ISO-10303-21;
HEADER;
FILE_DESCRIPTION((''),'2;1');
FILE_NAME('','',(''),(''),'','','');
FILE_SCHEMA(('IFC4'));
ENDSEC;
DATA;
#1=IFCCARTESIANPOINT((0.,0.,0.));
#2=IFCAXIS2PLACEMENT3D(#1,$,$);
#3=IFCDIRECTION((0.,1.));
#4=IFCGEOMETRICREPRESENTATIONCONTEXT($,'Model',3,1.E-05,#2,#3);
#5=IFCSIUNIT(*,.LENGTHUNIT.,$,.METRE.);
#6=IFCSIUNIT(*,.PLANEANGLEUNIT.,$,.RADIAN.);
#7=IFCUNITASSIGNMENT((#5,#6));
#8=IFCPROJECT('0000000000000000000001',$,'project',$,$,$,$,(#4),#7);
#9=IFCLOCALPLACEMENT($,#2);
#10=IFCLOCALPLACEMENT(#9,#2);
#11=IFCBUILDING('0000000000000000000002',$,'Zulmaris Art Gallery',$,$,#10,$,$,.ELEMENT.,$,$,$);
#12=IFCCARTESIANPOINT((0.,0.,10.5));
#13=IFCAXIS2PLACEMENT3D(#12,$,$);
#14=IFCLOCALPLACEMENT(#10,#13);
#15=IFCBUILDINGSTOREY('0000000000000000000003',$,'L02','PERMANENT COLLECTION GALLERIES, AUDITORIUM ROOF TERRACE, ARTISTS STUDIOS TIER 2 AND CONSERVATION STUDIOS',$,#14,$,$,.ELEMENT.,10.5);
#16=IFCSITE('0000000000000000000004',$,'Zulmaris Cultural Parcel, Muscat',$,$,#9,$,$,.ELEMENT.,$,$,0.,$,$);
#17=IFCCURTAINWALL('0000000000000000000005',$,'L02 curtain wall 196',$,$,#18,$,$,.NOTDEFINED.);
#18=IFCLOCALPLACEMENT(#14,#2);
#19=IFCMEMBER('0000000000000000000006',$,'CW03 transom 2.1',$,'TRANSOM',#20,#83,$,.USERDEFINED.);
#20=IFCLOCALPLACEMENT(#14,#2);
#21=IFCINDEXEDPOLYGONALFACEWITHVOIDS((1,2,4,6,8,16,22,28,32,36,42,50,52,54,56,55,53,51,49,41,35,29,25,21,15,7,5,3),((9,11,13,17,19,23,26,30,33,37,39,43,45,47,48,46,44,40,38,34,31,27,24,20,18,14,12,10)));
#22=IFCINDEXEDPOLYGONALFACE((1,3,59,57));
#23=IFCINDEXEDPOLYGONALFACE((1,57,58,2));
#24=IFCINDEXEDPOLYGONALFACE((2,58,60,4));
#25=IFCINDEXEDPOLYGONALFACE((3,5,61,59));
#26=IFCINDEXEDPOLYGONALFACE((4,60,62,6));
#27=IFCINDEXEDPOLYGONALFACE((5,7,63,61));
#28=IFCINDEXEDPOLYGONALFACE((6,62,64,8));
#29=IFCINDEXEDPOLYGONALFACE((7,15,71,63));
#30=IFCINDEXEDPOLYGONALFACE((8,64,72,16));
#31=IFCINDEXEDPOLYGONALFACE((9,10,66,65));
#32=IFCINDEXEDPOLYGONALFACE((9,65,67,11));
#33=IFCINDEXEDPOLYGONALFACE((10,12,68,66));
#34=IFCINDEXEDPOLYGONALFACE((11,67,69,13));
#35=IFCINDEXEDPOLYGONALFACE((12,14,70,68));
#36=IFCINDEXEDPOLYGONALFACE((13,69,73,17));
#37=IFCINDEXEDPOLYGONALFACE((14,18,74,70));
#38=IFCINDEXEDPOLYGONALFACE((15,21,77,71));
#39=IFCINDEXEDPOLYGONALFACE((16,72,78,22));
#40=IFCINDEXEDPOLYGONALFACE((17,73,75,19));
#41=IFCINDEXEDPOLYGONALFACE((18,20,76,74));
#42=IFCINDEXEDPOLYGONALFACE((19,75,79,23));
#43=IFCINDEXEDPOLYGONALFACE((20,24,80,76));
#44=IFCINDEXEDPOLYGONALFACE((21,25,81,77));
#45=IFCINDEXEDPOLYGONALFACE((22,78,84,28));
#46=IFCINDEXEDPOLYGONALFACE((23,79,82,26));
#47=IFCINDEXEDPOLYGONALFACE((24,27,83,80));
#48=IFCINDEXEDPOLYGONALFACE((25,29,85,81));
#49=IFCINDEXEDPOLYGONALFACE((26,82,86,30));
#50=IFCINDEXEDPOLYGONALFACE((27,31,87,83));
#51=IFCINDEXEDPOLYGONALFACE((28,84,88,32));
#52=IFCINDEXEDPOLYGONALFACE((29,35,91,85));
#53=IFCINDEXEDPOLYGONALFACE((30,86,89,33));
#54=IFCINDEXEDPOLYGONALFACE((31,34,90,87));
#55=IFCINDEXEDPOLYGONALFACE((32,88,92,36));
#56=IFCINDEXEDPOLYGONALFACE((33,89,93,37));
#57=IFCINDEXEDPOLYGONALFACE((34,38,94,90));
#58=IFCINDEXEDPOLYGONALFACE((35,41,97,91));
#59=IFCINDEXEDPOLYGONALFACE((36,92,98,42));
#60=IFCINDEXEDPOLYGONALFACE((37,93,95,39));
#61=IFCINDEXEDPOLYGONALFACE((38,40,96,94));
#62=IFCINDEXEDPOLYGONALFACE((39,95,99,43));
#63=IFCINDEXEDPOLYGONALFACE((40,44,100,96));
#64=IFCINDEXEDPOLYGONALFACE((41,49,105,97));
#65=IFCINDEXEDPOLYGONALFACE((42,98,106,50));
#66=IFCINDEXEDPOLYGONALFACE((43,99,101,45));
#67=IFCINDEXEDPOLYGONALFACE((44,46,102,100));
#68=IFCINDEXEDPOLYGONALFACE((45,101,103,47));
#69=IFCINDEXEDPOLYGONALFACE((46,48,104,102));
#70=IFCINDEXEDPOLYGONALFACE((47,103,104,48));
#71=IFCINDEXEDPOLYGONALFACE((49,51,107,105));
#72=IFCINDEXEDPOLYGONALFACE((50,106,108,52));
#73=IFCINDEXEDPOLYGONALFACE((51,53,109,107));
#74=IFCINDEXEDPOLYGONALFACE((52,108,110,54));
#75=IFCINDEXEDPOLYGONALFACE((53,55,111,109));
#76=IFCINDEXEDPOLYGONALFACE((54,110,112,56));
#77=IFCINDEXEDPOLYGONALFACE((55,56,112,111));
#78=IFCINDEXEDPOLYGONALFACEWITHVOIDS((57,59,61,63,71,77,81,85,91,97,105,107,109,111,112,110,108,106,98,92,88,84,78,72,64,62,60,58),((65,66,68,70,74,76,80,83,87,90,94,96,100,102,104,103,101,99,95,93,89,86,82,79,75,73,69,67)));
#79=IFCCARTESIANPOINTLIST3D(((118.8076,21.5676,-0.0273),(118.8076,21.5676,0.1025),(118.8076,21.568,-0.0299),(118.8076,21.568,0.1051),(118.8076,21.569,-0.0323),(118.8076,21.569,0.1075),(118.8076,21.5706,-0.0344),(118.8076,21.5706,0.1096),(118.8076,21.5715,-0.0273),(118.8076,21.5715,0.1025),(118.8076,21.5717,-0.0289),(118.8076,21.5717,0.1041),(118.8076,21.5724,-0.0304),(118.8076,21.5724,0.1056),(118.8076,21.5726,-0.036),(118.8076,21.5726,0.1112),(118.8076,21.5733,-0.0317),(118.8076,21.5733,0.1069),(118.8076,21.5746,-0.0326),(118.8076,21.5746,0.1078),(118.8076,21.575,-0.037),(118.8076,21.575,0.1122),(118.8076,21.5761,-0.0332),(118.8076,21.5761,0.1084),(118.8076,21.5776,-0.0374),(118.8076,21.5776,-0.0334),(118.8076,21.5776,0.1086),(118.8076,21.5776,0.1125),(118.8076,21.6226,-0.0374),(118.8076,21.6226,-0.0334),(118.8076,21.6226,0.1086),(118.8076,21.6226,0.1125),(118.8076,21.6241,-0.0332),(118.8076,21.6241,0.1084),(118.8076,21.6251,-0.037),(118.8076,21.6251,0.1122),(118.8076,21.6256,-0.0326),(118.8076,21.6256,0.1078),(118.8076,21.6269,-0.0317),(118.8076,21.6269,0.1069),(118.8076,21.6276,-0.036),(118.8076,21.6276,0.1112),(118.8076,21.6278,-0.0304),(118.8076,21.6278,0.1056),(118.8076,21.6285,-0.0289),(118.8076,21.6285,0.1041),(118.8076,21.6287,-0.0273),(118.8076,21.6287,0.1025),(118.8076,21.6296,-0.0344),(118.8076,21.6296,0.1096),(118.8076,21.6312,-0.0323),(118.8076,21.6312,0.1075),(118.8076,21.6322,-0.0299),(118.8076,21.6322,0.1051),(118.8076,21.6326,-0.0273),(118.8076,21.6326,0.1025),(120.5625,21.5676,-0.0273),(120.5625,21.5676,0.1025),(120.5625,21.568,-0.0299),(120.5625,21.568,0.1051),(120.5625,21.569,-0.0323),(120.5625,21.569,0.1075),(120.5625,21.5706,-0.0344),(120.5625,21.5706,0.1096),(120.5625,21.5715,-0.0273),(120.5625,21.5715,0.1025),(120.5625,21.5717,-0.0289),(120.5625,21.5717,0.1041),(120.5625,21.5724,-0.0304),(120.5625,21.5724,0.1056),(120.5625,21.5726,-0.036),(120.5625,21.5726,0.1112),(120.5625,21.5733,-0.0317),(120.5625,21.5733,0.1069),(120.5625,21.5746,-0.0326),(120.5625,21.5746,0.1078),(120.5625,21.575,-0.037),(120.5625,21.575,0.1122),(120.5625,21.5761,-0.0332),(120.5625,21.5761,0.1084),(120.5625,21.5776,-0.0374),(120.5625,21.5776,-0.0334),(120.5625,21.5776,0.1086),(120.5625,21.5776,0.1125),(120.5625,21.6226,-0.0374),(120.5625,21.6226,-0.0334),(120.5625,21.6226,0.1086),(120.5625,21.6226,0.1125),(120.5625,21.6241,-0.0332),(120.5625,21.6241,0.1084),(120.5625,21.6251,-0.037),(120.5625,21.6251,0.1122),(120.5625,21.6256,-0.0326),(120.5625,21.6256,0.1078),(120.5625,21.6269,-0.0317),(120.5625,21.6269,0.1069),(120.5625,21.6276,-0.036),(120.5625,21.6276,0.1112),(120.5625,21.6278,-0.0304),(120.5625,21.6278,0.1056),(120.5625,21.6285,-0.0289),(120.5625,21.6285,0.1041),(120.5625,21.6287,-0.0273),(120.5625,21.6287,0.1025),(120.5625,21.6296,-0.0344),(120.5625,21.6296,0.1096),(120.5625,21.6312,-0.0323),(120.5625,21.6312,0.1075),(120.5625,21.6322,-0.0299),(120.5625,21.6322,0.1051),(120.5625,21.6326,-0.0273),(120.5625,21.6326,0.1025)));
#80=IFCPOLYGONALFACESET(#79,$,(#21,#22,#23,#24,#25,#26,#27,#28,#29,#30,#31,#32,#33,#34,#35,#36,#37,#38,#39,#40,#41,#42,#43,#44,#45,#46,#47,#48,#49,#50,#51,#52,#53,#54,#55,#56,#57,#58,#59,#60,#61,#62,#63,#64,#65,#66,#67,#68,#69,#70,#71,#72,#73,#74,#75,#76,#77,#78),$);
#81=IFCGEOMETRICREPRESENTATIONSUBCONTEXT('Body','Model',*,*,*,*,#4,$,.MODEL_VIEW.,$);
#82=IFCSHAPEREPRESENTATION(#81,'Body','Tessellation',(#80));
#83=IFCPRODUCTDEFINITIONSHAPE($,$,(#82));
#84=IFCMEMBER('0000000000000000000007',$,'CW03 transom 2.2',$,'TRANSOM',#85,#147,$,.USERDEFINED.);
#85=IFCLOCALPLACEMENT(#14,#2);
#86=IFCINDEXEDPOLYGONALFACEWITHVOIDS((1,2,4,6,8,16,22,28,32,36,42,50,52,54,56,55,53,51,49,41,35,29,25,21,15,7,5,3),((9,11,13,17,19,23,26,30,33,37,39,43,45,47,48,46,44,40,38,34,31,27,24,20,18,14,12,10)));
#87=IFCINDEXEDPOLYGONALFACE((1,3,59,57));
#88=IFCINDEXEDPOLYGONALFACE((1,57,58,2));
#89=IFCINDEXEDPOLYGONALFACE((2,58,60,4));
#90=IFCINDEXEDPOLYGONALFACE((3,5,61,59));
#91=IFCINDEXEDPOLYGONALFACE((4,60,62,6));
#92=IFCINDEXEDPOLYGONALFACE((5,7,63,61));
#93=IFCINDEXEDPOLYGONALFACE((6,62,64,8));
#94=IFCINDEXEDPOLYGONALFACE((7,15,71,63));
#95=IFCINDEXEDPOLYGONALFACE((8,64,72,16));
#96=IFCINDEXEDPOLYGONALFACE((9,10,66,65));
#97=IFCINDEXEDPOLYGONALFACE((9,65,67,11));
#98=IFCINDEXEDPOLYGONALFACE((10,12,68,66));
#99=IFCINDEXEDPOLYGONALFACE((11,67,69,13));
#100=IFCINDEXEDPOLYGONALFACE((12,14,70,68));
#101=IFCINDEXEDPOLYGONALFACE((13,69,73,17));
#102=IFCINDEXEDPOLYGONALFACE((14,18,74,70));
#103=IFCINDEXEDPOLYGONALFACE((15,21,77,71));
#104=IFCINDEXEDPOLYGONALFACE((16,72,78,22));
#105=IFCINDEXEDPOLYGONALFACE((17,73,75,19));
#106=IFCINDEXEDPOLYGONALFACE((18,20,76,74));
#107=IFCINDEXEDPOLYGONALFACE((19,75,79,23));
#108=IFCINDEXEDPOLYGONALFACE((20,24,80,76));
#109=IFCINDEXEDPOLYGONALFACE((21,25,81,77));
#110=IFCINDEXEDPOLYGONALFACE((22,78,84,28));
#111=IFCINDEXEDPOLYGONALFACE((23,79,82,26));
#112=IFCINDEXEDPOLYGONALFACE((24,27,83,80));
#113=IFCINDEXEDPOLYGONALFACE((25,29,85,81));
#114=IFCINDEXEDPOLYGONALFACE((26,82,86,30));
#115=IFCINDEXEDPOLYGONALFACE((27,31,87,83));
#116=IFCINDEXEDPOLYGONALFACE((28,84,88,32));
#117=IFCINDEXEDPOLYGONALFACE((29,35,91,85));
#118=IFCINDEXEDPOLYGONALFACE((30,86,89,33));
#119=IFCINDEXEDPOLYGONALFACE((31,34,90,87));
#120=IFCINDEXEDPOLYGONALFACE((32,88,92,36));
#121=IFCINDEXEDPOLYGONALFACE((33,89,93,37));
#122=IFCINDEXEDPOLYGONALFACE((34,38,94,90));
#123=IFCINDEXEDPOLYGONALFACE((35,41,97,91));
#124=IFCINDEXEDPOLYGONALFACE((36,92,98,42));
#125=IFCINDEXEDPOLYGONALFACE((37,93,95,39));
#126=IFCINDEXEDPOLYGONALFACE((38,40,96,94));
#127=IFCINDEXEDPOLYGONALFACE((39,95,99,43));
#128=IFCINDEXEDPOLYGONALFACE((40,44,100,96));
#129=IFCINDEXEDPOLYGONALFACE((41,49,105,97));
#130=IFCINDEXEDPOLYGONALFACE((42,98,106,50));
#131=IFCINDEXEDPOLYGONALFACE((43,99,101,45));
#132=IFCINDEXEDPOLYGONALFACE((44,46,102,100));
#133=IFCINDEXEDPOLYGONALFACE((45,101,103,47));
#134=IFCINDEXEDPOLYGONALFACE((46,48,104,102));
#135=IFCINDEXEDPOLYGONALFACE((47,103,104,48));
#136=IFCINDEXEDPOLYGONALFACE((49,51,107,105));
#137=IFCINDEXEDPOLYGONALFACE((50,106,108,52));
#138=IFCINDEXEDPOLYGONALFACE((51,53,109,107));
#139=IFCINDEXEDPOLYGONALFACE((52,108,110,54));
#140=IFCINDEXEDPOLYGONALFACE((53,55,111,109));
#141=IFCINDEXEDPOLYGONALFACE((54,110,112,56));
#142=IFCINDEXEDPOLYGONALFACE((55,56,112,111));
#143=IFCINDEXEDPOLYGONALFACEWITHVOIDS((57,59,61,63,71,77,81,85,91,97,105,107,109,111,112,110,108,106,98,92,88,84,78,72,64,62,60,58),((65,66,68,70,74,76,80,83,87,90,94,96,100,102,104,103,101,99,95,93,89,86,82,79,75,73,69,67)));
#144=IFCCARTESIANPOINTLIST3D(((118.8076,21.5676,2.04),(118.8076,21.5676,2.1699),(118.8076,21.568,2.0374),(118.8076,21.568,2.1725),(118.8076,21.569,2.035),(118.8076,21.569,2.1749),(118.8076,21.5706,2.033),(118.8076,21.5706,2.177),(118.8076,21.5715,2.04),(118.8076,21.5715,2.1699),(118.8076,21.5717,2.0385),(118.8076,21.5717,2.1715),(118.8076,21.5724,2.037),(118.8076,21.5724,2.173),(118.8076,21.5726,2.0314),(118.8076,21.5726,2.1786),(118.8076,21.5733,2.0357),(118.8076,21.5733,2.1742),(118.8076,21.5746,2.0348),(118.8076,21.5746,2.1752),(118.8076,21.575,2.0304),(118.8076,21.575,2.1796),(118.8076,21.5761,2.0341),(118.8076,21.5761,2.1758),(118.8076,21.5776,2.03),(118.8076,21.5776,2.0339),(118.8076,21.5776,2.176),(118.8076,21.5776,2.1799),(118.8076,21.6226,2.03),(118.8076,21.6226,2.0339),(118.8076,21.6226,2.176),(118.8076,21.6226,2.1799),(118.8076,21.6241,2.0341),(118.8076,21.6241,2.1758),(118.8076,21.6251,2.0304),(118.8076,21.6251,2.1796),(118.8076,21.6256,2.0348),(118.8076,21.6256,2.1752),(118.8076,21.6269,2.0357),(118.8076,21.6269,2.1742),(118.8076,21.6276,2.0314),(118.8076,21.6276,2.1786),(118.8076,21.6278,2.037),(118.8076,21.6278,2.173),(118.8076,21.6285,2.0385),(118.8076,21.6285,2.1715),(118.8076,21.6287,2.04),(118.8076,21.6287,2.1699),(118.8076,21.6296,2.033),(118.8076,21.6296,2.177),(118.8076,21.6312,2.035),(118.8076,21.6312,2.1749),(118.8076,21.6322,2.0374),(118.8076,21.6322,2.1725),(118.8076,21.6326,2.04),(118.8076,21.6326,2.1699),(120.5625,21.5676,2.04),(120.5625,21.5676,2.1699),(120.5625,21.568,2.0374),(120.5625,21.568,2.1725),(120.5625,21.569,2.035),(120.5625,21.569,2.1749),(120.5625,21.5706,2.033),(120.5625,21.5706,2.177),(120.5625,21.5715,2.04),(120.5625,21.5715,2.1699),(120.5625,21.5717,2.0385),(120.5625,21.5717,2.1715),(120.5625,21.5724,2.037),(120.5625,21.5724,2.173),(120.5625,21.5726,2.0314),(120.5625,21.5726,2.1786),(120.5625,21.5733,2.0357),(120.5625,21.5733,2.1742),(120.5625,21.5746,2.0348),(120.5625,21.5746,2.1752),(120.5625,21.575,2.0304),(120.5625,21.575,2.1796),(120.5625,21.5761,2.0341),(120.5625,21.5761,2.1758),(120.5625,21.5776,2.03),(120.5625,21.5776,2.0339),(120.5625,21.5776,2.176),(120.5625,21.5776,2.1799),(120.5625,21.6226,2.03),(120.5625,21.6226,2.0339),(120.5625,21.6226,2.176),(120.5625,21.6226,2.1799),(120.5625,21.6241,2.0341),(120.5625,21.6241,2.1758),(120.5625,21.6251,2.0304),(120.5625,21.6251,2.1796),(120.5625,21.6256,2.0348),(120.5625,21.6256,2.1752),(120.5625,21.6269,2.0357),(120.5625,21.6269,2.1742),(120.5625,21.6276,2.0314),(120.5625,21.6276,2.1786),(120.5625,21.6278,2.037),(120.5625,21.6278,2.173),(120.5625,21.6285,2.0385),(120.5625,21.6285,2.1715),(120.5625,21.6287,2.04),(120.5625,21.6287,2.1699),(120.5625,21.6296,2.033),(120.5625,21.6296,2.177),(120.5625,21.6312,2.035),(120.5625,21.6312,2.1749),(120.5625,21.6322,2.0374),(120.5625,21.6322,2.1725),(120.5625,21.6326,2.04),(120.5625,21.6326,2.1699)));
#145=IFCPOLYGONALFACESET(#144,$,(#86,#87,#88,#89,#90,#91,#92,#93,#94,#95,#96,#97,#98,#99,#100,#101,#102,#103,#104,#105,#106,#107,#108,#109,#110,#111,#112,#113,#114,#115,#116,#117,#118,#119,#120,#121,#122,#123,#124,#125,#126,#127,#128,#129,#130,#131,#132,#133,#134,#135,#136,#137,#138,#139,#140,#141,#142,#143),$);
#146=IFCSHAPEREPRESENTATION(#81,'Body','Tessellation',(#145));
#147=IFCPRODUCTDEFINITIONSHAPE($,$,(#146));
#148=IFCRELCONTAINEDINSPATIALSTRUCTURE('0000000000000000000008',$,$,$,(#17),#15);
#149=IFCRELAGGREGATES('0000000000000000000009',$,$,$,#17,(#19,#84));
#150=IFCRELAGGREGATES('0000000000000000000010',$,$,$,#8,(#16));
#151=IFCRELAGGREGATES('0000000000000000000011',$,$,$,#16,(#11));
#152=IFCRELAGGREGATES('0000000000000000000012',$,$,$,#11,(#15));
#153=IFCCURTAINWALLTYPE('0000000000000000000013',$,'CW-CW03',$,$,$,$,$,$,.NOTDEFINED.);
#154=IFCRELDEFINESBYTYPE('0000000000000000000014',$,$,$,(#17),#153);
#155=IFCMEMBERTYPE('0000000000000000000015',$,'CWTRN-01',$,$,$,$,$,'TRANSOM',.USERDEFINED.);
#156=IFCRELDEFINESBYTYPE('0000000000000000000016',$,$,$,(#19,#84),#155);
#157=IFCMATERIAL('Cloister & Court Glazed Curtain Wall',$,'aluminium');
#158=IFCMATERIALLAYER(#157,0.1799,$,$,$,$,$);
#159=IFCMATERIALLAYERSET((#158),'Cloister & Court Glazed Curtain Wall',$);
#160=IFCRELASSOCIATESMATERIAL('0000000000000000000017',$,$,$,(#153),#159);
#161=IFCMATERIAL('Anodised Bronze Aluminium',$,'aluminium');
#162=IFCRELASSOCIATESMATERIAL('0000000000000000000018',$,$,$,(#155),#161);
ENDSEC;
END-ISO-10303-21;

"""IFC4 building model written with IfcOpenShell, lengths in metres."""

from ifc_helpers import new_model, si_unit, direction, frame, origin, origin_2d, place, context, subcontext, project, spatial, hollow_rectangle, extrude, material, layer, layer_set, material_profile, profile_set, type_object, element, aggregate, save


model = new_model("IFC4")

# Units and contexts
model_context = context("Model", 3, precision=1e-05, world=origin(), true_north=direction((0.0, 1.0)))
body_context = subcontext(model_context, "Body", "Model", "MODEL_VIEW")
ifc_project = project(units=[si_unit("LENGTHUNIT", "METRE"), si_unit("PLANEANGLEUNIT", "RADIAN")], contexts=[model_context])

# Site, building, storey
site_placement = place(None, origin())
site = spatial("IfcSite", under=ifc_project, at=site_placement, Name="Zulmaris Cultural Parcel, Muscat", CompositionType="ELEMENT", RefElevation=0.0)
building_placement = place(site_placement, origin())
building = spatial("IfcBuilding", under=site, at=building_placement, Name="Zulmaris Art Gallery", CompositionType="ELEMENT")
storey_placement = place(building_placement, frame((0.0, 0.0, 10.5)))
storey = spatial("IfcBuildingStorey", under=building, at=storey_placement, Name="L02", Description="PERMANENT COLLECTION GALLERIES, AUDITORIUM ROOF TERRACE, ARTISTS STUDIOS TIER 2 AND CONSERVATION STUDIOS", CompositionType="ELEMENT", Elevation=10.5)

# Curtain wall
ifc_material_1 = material(Name="Cloister & Court Glazed Curtain Wall", Category="aluminium")
ifc_layer_1 = layer(ifc_material_1, 0.1799)
ifc_layer_set_1 = layer_set([ifc_layer_1], Name="Cloister & Court Glazed Curtain Wall")
curtain_wall_type = type_object("IfcCurtainWallType", Name="CW-CW03", PredefinedType="NOTDEFINED", material=ifc_layer_set_1)
ifc_material_2 = material(Name="Anodised Bronze Aluminium", Category="aluminium")
curtain_wall_1_placement = place(storey_placement, origin())
curtain_wall_1 = element("IfcCurtainWall", 1, at=curtain_wall_1_placement, inside=storey, type_object=curtain_wall_type, Name="L02 curtain wall 196", PredefinedType="NOTDEFINED")

# Members
ifc_material_profile_1 = material_profile(ifc_material_2, hollow_rectangle(XDim=0.0649, YDim=0.1499, WallThickness=0.0039, InnerFilletRadius=0.0061, OuterFilletRadius=0.01, at=origin_2d()), Name="ALU 65x150x4")
ifc_profile_set_1 = profile_set([ifc_material_profile_1], Name="Anodised Bronze Aluminium")
member_type_1 = type_object("IfcMemberType", Name="CWTRN-01", ElementType="TRANSOM", PredefinedType="USERDEFINED", material=ifc_profile_set_1)
member_1_placement = place(storey_placement, frame((118.8076, 21.6001, 0.0376), z_axis=(1.0, 0.0, 0.0), x_axis=(0.0, 1.0, 0.0)))
member_1 = element("IfcMember", 2, at=member_1_placement, type_object=member_type_1, Name="CW03 transom 2.1", ObjectType="TRANSOM", PredefinedType="USERDEFINED", context=body_context, shape_type="SweptSolid", body=[
    extrude(hollow_rectangle(XDim=0.0649, YDim=0.1499, WallThickness=0.0039, InnerFilletRadius=0.0061, OuterFilletRadius=0.01, at=origin_2d()), origin(), (0.0, 0.0, 1.0), 1.7549),
])
member_2_placement = place(storey_placement, frame((118.8076, 21.6001, 2.105), z_axis=(1.0, 0.0, 0.0), x_axis=(0.0, 1.0, 0.0)))
member_2 = element("IfcMember", 3, at=member_2_placement, type_object=member_type_1, Name="CW03 transom 2.2", ObjectType="TRANSOM", PredefinedType="USERDEFINED", context=body_context, shape_type="SweptSolid", body=[
    extrude(hollow_rectangle(XDim=0.0649, YDim=0.1499, WallThickness=0.0039, InnerFilletRadius=0.0061, OuterFilletRadius=0.01, at=origin_2d()), origin(), (0.0, 0.0, 1.0), 1.7549),
])

aggregate(curtain_wall_1, [member_1, member_2])

save(model, "model.ifc")
